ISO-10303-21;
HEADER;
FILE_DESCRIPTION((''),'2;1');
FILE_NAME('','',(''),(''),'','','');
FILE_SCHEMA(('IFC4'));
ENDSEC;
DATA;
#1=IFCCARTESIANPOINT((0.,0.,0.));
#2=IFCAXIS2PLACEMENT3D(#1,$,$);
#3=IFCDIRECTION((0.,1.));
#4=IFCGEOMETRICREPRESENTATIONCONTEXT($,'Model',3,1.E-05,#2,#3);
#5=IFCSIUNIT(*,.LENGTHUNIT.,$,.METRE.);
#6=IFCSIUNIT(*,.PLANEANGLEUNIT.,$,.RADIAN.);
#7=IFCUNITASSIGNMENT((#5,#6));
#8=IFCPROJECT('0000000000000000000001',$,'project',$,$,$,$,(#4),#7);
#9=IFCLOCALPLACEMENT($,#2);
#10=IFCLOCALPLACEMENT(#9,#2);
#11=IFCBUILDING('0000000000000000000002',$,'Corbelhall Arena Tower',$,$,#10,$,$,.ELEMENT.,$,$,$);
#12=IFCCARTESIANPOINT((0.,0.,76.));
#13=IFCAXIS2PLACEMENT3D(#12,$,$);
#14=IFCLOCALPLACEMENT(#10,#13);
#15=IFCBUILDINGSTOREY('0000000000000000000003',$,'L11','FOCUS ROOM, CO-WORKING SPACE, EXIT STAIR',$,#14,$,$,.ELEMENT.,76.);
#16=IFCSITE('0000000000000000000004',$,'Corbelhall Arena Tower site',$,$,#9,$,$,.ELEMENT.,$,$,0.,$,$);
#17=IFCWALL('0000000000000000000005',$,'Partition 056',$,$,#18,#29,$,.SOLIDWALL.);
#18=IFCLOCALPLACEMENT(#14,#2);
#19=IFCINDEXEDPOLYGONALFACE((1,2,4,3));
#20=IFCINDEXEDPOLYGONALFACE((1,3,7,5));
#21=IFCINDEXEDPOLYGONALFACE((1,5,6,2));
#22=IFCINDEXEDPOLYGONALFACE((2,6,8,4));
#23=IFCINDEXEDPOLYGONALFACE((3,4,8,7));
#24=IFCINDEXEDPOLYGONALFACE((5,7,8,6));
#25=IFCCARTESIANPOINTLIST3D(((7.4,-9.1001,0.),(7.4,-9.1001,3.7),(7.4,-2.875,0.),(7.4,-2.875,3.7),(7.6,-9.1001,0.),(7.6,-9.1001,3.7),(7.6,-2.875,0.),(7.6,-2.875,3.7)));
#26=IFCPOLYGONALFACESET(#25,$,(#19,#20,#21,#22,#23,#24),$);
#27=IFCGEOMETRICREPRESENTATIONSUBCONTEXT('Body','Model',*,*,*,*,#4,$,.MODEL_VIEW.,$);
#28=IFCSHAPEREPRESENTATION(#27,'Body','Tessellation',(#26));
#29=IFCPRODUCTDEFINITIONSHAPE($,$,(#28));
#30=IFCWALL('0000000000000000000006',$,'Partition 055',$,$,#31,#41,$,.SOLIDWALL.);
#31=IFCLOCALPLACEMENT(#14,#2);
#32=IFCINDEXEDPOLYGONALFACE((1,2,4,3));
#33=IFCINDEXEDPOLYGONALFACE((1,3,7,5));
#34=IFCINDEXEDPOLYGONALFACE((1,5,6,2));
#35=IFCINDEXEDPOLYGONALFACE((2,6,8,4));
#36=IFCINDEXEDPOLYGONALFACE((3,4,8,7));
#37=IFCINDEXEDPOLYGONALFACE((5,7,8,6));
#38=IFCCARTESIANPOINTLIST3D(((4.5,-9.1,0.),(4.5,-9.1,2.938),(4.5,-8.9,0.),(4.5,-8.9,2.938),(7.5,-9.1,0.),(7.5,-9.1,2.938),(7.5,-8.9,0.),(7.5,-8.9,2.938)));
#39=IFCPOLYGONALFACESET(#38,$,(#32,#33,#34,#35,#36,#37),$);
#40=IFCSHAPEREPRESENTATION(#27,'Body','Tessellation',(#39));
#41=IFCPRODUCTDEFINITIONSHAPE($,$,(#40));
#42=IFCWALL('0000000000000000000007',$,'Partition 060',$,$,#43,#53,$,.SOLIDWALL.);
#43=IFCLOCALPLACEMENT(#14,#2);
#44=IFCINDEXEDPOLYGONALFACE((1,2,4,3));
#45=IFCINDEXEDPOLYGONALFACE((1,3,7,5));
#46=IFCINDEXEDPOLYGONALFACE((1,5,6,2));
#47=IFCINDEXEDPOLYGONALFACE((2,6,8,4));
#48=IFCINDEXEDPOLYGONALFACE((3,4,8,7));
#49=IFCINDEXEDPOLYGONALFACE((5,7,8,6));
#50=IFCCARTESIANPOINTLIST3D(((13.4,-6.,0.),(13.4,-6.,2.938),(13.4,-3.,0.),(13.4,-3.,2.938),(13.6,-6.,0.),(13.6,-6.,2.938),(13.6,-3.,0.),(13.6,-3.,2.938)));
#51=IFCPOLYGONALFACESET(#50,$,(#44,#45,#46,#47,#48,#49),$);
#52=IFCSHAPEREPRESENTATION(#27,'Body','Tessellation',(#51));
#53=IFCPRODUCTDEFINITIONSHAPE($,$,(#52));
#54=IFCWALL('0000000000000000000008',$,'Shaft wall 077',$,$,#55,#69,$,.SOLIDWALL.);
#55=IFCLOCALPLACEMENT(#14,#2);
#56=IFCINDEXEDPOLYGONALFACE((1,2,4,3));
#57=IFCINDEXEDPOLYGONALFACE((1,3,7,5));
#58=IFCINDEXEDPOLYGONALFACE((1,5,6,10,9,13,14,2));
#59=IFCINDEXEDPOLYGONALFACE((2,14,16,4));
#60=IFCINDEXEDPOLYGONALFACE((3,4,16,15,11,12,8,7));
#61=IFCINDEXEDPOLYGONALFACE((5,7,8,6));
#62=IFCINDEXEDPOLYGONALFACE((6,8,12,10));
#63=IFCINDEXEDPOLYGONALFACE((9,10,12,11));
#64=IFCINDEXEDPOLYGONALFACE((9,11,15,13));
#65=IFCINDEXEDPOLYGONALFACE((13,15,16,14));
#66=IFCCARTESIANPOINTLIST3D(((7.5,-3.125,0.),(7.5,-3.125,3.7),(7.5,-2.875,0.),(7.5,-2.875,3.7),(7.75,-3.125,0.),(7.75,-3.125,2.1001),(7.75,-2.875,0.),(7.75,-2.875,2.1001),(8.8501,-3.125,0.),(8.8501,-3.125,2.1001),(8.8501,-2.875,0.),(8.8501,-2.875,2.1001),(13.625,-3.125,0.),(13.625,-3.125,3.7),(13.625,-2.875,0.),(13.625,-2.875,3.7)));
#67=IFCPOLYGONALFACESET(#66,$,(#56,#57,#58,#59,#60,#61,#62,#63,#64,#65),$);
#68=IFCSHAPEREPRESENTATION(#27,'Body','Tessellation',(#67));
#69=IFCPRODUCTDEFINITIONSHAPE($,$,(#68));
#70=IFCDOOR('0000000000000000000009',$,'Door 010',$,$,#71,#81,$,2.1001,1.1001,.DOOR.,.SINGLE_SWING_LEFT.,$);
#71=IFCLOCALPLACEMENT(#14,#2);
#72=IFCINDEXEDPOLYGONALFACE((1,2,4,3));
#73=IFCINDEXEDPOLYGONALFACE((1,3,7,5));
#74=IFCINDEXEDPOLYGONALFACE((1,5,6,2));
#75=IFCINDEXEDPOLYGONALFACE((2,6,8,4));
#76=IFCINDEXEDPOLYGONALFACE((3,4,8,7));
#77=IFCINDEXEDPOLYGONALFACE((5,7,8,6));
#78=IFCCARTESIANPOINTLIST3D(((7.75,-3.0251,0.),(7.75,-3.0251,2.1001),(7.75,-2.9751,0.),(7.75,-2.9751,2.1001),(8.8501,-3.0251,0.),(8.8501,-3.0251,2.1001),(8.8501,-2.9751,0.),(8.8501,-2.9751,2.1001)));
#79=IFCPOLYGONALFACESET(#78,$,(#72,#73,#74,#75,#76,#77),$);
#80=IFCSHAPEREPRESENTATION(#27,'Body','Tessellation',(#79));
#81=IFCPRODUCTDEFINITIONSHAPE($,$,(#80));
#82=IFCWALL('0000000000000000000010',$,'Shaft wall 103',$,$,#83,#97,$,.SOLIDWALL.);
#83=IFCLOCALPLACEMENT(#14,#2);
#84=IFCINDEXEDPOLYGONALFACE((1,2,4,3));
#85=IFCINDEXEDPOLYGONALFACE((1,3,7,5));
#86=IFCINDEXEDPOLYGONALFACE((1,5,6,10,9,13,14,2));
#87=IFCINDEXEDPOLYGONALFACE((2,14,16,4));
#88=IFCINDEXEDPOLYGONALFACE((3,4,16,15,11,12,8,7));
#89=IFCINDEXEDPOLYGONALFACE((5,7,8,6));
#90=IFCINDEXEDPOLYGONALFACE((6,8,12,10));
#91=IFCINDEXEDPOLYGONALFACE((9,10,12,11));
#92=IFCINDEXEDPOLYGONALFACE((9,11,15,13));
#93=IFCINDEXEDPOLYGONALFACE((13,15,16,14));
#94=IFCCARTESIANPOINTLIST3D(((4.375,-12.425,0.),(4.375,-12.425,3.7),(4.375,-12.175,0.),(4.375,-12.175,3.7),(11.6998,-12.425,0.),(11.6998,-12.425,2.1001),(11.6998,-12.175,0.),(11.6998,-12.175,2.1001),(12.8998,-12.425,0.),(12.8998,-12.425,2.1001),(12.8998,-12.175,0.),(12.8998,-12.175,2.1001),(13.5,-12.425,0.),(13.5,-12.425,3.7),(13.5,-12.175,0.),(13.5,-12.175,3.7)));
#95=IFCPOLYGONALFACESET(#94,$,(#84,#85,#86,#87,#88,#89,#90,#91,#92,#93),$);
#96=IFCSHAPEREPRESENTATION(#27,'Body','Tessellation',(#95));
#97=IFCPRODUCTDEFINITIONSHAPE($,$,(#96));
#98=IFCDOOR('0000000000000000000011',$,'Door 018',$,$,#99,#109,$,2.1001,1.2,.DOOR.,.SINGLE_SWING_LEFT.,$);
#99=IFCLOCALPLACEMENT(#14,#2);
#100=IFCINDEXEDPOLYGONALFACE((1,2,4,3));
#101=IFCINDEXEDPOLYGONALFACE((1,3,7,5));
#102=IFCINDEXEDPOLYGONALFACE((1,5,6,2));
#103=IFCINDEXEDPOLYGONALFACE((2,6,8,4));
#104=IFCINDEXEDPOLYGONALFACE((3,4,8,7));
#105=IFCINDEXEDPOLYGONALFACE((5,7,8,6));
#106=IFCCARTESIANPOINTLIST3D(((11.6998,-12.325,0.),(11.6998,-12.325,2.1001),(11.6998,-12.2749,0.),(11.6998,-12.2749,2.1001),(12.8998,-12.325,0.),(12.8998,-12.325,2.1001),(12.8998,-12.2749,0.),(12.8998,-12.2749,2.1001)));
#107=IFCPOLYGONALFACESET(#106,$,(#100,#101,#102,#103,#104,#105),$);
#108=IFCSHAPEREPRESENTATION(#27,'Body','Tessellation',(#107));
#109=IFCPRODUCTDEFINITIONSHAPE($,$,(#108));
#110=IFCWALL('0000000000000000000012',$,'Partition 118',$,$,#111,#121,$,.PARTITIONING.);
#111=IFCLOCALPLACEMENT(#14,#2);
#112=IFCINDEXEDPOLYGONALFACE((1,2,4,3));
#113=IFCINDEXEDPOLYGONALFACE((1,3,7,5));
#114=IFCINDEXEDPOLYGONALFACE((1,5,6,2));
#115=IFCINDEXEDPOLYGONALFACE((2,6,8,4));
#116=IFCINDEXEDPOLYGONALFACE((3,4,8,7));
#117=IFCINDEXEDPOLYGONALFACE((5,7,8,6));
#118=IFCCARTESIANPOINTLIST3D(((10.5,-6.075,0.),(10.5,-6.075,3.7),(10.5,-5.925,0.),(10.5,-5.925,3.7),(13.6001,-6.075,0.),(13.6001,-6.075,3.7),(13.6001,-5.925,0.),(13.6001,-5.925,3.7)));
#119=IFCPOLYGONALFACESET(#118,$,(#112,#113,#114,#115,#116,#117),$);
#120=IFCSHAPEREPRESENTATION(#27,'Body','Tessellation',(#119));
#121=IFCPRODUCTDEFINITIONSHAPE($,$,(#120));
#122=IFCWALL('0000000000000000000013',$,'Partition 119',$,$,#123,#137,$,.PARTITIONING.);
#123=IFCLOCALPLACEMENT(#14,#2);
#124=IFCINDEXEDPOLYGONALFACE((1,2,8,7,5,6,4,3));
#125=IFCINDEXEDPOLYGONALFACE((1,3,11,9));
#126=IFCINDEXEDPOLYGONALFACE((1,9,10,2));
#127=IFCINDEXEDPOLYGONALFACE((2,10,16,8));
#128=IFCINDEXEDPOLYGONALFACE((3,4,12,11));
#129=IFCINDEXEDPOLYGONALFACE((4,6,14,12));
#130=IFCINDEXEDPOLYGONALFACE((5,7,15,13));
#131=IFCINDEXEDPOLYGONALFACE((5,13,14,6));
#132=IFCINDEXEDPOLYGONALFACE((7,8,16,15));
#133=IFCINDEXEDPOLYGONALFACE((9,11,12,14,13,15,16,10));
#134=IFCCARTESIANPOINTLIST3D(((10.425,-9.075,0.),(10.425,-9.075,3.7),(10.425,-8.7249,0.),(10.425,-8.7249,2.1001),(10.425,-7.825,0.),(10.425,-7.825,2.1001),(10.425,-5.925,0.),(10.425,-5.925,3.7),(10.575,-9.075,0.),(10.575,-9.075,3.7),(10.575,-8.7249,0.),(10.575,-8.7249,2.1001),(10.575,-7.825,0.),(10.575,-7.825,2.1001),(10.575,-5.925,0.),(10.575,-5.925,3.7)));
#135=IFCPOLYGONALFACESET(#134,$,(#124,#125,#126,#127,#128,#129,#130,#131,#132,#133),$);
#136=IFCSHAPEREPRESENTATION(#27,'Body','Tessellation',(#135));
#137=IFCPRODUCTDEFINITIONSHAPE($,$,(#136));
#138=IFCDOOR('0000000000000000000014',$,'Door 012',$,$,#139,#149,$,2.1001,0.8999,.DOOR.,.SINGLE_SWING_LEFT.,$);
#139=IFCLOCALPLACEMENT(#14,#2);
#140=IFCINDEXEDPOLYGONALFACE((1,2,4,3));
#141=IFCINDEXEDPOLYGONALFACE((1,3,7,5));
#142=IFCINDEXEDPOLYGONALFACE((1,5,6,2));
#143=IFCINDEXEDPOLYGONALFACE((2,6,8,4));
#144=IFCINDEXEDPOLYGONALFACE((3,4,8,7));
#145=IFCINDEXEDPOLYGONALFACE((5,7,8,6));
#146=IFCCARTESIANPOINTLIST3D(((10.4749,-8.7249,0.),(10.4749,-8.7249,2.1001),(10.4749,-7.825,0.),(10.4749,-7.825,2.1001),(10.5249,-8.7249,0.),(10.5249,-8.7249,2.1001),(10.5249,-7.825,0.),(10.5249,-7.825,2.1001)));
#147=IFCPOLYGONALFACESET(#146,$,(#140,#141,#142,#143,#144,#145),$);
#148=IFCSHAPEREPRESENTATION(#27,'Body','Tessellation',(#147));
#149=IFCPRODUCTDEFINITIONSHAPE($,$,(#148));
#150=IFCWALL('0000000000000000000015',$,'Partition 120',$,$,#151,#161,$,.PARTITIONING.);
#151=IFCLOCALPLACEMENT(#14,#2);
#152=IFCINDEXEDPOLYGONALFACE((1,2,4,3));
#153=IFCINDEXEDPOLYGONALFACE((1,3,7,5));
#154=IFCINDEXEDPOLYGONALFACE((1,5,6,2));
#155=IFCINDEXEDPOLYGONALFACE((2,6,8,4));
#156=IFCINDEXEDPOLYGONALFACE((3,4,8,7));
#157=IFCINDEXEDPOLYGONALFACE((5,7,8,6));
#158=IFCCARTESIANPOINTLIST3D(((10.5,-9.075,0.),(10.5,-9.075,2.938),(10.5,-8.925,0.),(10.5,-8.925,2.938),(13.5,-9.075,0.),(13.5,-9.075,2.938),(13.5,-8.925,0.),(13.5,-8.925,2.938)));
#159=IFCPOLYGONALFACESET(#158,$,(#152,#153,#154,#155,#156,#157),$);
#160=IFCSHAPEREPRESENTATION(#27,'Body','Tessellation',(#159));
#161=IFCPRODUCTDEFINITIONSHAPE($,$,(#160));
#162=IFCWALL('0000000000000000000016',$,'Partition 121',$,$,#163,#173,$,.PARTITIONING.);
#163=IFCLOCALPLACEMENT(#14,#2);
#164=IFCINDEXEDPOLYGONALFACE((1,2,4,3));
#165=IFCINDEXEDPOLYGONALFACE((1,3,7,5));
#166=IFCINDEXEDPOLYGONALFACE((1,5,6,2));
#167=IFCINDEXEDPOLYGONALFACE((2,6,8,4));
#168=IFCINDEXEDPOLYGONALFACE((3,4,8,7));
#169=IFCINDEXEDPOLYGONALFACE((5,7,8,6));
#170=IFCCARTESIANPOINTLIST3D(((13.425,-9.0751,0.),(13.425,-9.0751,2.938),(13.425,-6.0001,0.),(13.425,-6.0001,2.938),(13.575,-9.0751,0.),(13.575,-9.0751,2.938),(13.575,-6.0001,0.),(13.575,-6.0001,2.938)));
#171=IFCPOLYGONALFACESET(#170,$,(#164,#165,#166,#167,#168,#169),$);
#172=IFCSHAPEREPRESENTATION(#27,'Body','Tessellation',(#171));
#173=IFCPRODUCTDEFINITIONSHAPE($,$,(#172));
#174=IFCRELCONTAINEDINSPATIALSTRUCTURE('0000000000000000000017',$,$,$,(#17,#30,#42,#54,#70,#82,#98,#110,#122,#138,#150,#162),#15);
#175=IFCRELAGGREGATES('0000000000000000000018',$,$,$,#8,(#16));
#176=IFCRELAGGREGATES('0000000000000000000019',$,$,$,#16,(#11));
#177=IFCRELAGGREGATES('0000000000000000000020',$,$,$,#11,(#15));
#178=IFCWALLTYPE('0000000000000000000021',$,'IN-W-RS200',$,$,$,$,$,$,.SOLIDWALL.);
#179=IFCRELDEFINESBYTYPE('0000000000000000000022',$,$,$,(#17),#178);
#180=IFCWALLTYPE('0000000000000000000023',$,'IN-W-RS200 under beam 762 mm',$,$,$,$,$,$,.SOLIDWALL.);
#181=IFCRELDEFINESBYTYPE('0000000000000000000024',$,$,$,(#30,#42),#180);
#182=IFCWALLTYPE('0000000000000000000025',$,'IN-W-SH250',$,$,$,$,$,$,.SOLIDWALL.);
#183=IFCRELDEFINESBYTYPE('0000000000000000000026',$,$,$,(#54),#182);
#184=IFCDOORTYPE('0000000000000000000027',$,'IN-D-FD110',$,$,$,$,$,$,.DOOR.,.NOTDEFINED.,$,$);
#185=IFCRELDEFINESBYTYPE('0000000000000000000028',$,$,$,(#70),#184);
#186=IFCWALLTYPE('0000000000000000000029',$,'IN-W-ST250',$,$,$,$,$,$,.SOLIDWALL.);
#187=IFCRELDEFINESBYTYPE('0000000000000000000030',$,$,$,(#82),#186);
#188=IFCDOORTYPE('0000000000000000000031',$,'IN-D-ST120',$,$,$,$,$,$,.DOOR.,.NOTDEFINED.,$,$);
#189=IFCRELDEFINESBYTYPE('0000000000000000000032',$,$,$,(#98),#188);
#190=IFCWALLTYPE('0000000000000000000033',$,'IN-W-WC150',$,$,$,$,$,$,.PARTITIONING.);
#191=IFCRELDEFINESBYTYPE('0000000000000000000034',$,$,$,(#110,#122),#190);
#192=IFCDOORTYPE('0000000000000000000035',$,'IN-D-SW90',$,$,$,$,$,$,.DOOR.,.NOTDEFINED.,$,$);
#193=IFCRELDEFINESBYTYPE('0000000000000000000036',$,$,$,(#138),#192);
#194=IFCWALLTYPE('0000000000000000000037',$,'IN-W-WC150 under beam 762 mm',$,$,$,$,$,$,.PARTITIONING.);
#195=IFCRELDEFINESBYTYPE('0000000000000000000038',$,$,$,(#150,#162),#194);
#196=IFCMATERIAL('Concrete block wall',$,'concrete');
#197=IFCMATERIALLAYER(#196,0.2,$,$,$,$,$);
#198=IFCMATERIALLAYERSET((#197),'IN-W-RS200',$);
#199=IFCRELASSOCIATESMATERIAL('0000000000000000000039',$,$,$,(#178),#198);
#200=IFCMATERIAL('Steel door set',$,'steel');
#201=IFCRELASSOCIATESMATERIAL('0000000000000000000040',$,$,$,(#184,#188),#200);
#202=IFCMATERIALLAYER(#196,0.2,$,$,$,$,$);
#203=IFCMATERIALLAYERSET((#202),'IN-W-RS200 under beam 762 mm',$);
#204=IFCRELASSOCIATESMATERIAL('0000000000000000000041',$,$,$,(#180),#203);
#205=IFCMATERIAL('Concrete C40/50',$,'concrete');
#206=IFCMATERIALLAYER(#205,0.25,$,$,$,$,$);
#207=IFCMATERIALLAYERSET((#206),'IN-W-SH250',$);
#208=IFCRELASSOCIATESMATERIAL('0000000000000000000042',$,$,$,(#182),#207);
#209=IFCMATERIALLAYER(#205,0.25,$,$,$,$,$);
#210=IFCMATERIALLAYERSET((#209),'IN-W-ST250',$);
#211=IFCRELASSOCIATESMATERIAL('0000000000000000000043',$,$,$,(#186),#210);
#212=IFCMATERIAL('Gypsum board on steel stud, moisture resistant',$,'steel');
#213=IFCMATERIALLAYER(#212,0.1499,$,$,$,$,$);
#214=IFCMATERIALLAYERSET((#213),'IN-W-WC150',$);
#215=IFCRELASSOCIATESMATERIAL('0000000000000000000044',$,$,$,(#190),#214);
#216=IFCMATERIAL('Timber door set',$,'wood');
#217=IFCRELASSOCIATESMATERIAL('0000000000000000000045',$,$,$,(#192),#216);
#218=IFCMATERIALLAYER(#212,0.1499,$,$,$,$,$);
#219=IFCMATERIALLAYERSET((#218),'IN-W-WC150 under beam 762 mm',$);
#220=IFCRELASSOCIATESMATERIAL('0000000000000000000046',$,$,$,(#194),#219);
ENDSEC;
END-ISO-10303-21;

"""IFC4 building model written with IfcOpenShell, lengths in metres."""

from ifc_helpers import new_model, si_unit, direction, frame, frame_2d, origin, place, context, subcontext, project, spatial, rectangle, extrude, material, layer, layer_set, type_object, element, fill, save


model = new_model("IFC4")

# Units and contexts
model_context = context("Model", 3, precision=1e-05, world=origin(), true_north=direction((0.0, 1.0)))
body_context = subcontext(model_context, "Body", "Model", "MODEL_VIEW")
ifc_project = project(units=[si_unit("LENGTHUNIT", "METRE"), si_unit("PLANEANGLEUNIT", "RADIAN")], contexts=[model_context])

# Site, building, storey
site_placement = place(None, origin())
site = spatial("IfcSite", under=ifc_project, at=site_placement, Name="Corbelhall Arena Tower site", CompositionType="ELEMENT", RefElevation=0.0)
building_placement = place(site_placement, origin())
building = spatial("IfcBuilding", under=site, at=building_placement, Name="Corbelhall Arena Tower", CompositionType="ELEMENT")
storey_placement = place(building_placement, frame((0.0, 0.0, 76.0)))
storey = spatial("IfcBuildingStorey", under=building, at=storey_placement, Name="L11", Description="FOCUS ROOM, CO-WORKING SPACE, EXIT STAIR", CompositionType="ELEMENT", Elevation=76.0)

# Shared definitions
ifc_material_1 = material(Name="Concrete C40/50", Category="concrete")

# Shared definitions
ifc_material_2 = material(Name="Steel door set", Category="steel")

# Wall
ifc_material_3 = material(Name="Concrete block wall", Category="concrete")
ifc_layer_1 = layer(ifc_material_3, 0.2)
ifc_layer_set_1 = layer_set([ifc_layer_1], Name="IN-W-RS200")
wall_type_1 = type_object("IfcWallType", Name="IN-W-RS200", PredefinedType="SOLIDWALL", material=ifc_layer_set_1)
wall_1_placement = place(storey_placement, frame((7.5, -2.875, 0.0), z_axis=(0.0, 0.0, 1.0), x_axis=(0.0, -1.0, 0.0)))
element("IfcWall", 1, at=wall_1_placement, inside=storey, type_object=wall_type_1, Name="Partition 056", PredefinedType="SOLIDWALL", context=body_context, shape_type="SweptSolid", body=[
    extrude(rectangle(XDim=6.2251, YDim=0.2, at=frame_2d((3.1125, 0.0))), origin(), (0.0, 0.0, 1.0), 3.7),
])

# Shared definitions
door_type_1 = type_object("IfcDoorType", Name="IN-D-FD110", OperationType="NOTDEFINED", PredefinedType="DOOR", material=ifc_material_2)

# Shared definitions
ifc_layer_2 = layer(ifc_material_3, 0.2)
ifc_layer_set_2 = layer_set([ifc_layer_2], Name="IN-W-RS200 under beam 762 mm")
wall_type_2 = type_object("IfcWallType", Name="IN-W-RS200 under beam 762 mm", PredefinedType="SOLIDWALL", material=ifc_layer_set_2)

# Walls
for number, where, z_axis, x_axis, name in (
    (2, (7.5, -9.0, 0.0), (0.0, 0.0, 1.0), (-1.0, 0.0, 0.0), "Partition 055"),
    (3, (13.5, -3.0, 0.0), (0.0, 0.0, 1.0), (0.0, -1.0, 0.0), "Partition 060"),
):
    element("IfcWall", number, at=place(storey_placement, frame(where, z_axis=z_axis, x_axis=x_axis)), inside=storey, type_object=wall_type_2, Name=name, PredefinedType="SOLIDWALL", context=body_context, shape_type="SweptSolid", body=[
        extrude(rectangle(XDim=3.0, YDim=0.2, at=frame_2d((1.5, 0.0))), origin(), (0.0, 0.0, 1.0), 2.938),
    ])

# Walls, openings, doors
ifc_layer_3 = layer(ifc_material_1, 0.25)
ifc_layer_set_3 = layer_set([ifc_layer_3], Name="IN-W-SH250")
wall_type_3 = type_object("IfcWallType", Name="IN-W-SH250", PredefinedType="SOLIDWALL", material=ifc_layer_set_3)
wall_2_placement = place(storey_placement, frame((7.5, -3.0, 0.0), z_axis=(0.0, 0.0, 1.0), x_axis=(1.0, 0.0, 0.0)))
wall_2 = element("IfcWall", 4, at=wall_2_placement, inside=storey, type_object=wall_type_3, Name="Shaft wall 077", PredefinedType="SOLIDWALL", context=body_context, shape_type="SweptSolid", body=[
    extrude(rectangle(XDim=6.125, YDim=0.25, at=frame_2d((3.0625, 0.0))), origin(), (0.0, 0.0, 1.0), 3.7),
])
opening_1_placement = place(wall_2_placement, frame((0.25, 0.0, 0.0)))
opening_1 = element("IfcOpeningElement", 5, at=opening_1_placement, cuts=wall_2, PredefinedType="OPENING", context=body_context, shape_type="SweptSolid", body=[
    extrude(rectangle(XDim=1.1001, YDim=2.1001, at=frame_2d((0.55, 1.05))), frame((0.0, 0.125, 0.0), z_axis=(0.0, -1.0, 0.0), x_axis=(1.0, 0.0, 0.0)), (0.0, 0.0, 1.0), 0.25),
])
door_1_placement = place(opening_1_placement, origin())
door_1 = element("IfcDoor", 6, at=door_1_placement, inside=storey, type_object=door_type_1, Name="Door 010", OperationType="SINGLE_SWING_LEFT", OverallHeight=2.1001, OverallWidth=1.1001, PredefinedType="DOOR", context=body_context, shape_type="SweptSolid", body=[
    extrude(rectangle(XDim=1.1001, YDim=2.1001, at=frame_2d((0.55, 1.05))), frame((0.0, 0.0249, 0.0), z_axis=(0.0, -1.0, 0.0), x_axis=(1.0, 0.0, 0.0)), (0.0, 0.0, 1.0), 0.05),
])
fill(opening_1, door_1)
ifc_layer_4 = layer(ifc_material_1, 0.25)
ifc_layer_set_4 = layer_set([ifc_layer_4], Name="IN-W-ST250")
wall_type_4 = type_object("IfcWallType", Name="IN-W-ST250", PredefinedType="SOLIDWALL", material=ifc_layer_set_4)
wall_3_placement = place(storey_placement, frame((13.5, -12.3, 0.0), z_axis=(0.0, 0.0, 1.0), x_axis=(-1.0, 0.0, 0.0)))
wall_3 = element("IfcWall", 7, at=wall_3_placement, inside=storey, type_object=wall_type_4, Name="Shaft wall 103", PredefinedType="SOLIDWALL", context=body_context, shape_type="SweptSolid", body=[
    extrude(rectangle(XDim=9.125, YDim=0.25, at=frame_2d((4.5625, 0.0))), origin(), (0.0, 0.0, 1.0), 3.7),
])
opening_2_placement = place(wall_3_placement, frame((0.6001, 0.0, 0.0)))
opening_2 = element("IfcOpeningElement", 8, at=opening_2_placement, cuts=wall_3, PredefinedType="OPENING", context=body_context, shape_type="SweptSolid", body=[
    extrude(rectangle(XDim=1.2, YDim=2.1001, at=frame_2d((0.6001, 1.05))), frame((0.0, 0.125, 0.0), z_axis=(0.0, -1.0, 0.0), x_axis=(1.0, 0.0, 0.0)), (0.0, 0.0, 1.0), 0.25),
])
door_type_2 = type_object("IfcDoorType", Name="IN-D-ST120", OperationType="NOTDEFINED", PredefinedType="DOOR", material=ifc_material_2)
door_2_placement = place(opening_2_placement, origin())
door_2 = element("IfcDoor", 9, at=door_2_placement, inside=storey, type_object=door_type_2, Name="Door 018", OperationType="SINGLE_SWING_LEFT", OverallHeight=2.1001, OverallWidth=1.2, PredefinedType="DOOR", context=body_context, shape_type="SweptSolid", body=[
    extrude(rectangle(XDim=1.2, YDim=2.1001, at=frame_2d((0.6001, 1.05))), frame((0.0, 0.0249, 0.0), z_axis=(0.0, -1.0, 0.0), x_axis=(1.0, 0.0, 0.0)), (0.0, 0.0, 1.0), 0.05),
])
fill(opening_2, door_2)

# Wall
ifc_material_4 = material(Name="Gypsum board on steel stud, moisture resistant", Category="steel")
ifc_layer_5 = layer(ifc_material_4, 0.1499)
ifc_layer_set_5 = layer_set([ifc_layer_5], Name="IN-W-WC150")
wall_type_5 = type_object("IfcWallType", Name="IN-W-WC150", PredefinedType="PARTITIONING", material=ifc_layer_set_5)
wall_4_placement = place(storey_placement, frame((10.5, -6.0, 0.0), z_axis=(0.0, 0.0, 1.0), x_axis=(1.0, 0.0, 0.0)))
element("IfcWall", 10, at=wall_4_placement, inside=storey, type_object=wall_type_5, Name="Partition 118", PredefinedType="PARTITIONING", context=body_context, shape_type="SweptSolid", body=[
    extrude(rectangle(XDim=3.1001, YDim=0.1499, at=frame_2d((1.55, 0.0))), origin(), (0.0, 0.0, 1.0), 3.7),
])

# Wall, opening, door
wall_5_placement = place(storey_placement, frame((10.5, -5.925, 0.0), z_axis=(0.0, 0.0, 1.0), x_axis=(0.0, -1.0, 0.0)))
wall_5 = element("IfcWall", 11, at=wall_5_placement, inside=storey, type_object=wall_type_5, Name="Partition 119", PredefinedType="PARTITIONING", context=body_context, shape_type="SweptSolid", body=[
    extrude(rectangle(XDim=3.1499, YDim=0.1499, at=frame_2d((1.575, 0.0))), origin(), (0.0, 0.0, 1.0), 3.7),
])
opening_3_placement = place(wall_5_placement, frame((1.8999, 0.0, 0.0)))
opening_3 = element("IfcOpeningElement", 12, at=opening_3_placement, cuts=wall_5, PredefinedType="OPENING", context=body_context, shape_type="SweptSolid", body=[
    extrude(rectangle(XDim=0.8999, YDim=2.1001, at=frame_2d((0.45, 1.05))), frame((0.0, 0.075, 0.0), z_axis=(0.0, -1.0, 0.0), x_axis=(1.0, 0.0, 0.0)), (0.0, 0.0, 1.0), 0.1499),
])
ifc_material_5 = material(Name="Timber door set", Category="wood")
door_type_3 = type_object("IfcDoorType", Name="IN-D-SW90", OperationType="NOTDEFINED", PredefinedType="DOOR", material=ifc_material_5)
door_3_placement = place(opening_3_placement, origin())
door_3 = element("IfcDoor", 13, at=door_3_placement, inside=storey, type_object=door_type_3, Name="Door 012", OperationType="SINGLE_SWING_LEFT", OverallHeight=2.1001, OverallWidth=0.8999, PredefinedType="DOOR", context=body_context, shape_type="SweptSolid", body=[
    extrude(rectangle(XDim=0.8999, YDim=2.1001, at=frame_2d((0.45, 1.05))), frame((0.0, 0.0249, 0.0), z_axis=(0.0, -1.0, 0.0), x_axis=(1.0, 0.0, 0.0)), (0.0, 0.0, 1.0), 0.05),
])
fill(opening_3, door_3)

# Walls
ifc_layer_6 = layer(ifc_material_4, 0.1499)
ifc_layer_set_6 = layer_set([ifc_layer_6], Name="IN-W-WC150 under beam 762 mm")
wall_type_6 = type_object("IfcWallType", Name="IN-W-WC150 under beam 762 mm", PredefinedType="PARTITIONING", material=ifc_layer_set_6)
wall_6_placement = place(storey_placement, frame((13.5, -9.0, 0.0), z_axis=(0.0, 0.0, 1.0), x_axis=(-1.0, 0.0, 0.0)))
element("IfcWall", 14, at=wall_6_placement, inside=storey, type_object=wall_type_6, Name="Partition 120", PredefinedType="PARTITIONING", context=body_context, shape_type="SweptSolid", body=[
    extrude(rectangle(XDim=3.0, YDim=0.1499, at=frame_2d((1.5, 0.0))), origin(), (0.0, 0.0, 1.0), 2.938),
])
wall_7_placement = place(storey_placement, frame((13.5, -6.0, 0.0), z_axis=(0.0, 0.0, 1.0), x_axis=(0.0, -1.0, 0.0)))
element("IfcWall", 15, at=wall_7_placement, inside=storey, type_object=wall_type_6, Name="Partition 121", PredefinedType="PARTITIONING", context=body_context, shape_type="SweptSolid", body=[
    extrude(rectangle(XDim=3.075, YDim=0.1499, at=frame_2d((1.5376, 0.0))), origin(), (0.0, 0.0, 1.0), 2.938),
])

save(model, "model.ifc")
